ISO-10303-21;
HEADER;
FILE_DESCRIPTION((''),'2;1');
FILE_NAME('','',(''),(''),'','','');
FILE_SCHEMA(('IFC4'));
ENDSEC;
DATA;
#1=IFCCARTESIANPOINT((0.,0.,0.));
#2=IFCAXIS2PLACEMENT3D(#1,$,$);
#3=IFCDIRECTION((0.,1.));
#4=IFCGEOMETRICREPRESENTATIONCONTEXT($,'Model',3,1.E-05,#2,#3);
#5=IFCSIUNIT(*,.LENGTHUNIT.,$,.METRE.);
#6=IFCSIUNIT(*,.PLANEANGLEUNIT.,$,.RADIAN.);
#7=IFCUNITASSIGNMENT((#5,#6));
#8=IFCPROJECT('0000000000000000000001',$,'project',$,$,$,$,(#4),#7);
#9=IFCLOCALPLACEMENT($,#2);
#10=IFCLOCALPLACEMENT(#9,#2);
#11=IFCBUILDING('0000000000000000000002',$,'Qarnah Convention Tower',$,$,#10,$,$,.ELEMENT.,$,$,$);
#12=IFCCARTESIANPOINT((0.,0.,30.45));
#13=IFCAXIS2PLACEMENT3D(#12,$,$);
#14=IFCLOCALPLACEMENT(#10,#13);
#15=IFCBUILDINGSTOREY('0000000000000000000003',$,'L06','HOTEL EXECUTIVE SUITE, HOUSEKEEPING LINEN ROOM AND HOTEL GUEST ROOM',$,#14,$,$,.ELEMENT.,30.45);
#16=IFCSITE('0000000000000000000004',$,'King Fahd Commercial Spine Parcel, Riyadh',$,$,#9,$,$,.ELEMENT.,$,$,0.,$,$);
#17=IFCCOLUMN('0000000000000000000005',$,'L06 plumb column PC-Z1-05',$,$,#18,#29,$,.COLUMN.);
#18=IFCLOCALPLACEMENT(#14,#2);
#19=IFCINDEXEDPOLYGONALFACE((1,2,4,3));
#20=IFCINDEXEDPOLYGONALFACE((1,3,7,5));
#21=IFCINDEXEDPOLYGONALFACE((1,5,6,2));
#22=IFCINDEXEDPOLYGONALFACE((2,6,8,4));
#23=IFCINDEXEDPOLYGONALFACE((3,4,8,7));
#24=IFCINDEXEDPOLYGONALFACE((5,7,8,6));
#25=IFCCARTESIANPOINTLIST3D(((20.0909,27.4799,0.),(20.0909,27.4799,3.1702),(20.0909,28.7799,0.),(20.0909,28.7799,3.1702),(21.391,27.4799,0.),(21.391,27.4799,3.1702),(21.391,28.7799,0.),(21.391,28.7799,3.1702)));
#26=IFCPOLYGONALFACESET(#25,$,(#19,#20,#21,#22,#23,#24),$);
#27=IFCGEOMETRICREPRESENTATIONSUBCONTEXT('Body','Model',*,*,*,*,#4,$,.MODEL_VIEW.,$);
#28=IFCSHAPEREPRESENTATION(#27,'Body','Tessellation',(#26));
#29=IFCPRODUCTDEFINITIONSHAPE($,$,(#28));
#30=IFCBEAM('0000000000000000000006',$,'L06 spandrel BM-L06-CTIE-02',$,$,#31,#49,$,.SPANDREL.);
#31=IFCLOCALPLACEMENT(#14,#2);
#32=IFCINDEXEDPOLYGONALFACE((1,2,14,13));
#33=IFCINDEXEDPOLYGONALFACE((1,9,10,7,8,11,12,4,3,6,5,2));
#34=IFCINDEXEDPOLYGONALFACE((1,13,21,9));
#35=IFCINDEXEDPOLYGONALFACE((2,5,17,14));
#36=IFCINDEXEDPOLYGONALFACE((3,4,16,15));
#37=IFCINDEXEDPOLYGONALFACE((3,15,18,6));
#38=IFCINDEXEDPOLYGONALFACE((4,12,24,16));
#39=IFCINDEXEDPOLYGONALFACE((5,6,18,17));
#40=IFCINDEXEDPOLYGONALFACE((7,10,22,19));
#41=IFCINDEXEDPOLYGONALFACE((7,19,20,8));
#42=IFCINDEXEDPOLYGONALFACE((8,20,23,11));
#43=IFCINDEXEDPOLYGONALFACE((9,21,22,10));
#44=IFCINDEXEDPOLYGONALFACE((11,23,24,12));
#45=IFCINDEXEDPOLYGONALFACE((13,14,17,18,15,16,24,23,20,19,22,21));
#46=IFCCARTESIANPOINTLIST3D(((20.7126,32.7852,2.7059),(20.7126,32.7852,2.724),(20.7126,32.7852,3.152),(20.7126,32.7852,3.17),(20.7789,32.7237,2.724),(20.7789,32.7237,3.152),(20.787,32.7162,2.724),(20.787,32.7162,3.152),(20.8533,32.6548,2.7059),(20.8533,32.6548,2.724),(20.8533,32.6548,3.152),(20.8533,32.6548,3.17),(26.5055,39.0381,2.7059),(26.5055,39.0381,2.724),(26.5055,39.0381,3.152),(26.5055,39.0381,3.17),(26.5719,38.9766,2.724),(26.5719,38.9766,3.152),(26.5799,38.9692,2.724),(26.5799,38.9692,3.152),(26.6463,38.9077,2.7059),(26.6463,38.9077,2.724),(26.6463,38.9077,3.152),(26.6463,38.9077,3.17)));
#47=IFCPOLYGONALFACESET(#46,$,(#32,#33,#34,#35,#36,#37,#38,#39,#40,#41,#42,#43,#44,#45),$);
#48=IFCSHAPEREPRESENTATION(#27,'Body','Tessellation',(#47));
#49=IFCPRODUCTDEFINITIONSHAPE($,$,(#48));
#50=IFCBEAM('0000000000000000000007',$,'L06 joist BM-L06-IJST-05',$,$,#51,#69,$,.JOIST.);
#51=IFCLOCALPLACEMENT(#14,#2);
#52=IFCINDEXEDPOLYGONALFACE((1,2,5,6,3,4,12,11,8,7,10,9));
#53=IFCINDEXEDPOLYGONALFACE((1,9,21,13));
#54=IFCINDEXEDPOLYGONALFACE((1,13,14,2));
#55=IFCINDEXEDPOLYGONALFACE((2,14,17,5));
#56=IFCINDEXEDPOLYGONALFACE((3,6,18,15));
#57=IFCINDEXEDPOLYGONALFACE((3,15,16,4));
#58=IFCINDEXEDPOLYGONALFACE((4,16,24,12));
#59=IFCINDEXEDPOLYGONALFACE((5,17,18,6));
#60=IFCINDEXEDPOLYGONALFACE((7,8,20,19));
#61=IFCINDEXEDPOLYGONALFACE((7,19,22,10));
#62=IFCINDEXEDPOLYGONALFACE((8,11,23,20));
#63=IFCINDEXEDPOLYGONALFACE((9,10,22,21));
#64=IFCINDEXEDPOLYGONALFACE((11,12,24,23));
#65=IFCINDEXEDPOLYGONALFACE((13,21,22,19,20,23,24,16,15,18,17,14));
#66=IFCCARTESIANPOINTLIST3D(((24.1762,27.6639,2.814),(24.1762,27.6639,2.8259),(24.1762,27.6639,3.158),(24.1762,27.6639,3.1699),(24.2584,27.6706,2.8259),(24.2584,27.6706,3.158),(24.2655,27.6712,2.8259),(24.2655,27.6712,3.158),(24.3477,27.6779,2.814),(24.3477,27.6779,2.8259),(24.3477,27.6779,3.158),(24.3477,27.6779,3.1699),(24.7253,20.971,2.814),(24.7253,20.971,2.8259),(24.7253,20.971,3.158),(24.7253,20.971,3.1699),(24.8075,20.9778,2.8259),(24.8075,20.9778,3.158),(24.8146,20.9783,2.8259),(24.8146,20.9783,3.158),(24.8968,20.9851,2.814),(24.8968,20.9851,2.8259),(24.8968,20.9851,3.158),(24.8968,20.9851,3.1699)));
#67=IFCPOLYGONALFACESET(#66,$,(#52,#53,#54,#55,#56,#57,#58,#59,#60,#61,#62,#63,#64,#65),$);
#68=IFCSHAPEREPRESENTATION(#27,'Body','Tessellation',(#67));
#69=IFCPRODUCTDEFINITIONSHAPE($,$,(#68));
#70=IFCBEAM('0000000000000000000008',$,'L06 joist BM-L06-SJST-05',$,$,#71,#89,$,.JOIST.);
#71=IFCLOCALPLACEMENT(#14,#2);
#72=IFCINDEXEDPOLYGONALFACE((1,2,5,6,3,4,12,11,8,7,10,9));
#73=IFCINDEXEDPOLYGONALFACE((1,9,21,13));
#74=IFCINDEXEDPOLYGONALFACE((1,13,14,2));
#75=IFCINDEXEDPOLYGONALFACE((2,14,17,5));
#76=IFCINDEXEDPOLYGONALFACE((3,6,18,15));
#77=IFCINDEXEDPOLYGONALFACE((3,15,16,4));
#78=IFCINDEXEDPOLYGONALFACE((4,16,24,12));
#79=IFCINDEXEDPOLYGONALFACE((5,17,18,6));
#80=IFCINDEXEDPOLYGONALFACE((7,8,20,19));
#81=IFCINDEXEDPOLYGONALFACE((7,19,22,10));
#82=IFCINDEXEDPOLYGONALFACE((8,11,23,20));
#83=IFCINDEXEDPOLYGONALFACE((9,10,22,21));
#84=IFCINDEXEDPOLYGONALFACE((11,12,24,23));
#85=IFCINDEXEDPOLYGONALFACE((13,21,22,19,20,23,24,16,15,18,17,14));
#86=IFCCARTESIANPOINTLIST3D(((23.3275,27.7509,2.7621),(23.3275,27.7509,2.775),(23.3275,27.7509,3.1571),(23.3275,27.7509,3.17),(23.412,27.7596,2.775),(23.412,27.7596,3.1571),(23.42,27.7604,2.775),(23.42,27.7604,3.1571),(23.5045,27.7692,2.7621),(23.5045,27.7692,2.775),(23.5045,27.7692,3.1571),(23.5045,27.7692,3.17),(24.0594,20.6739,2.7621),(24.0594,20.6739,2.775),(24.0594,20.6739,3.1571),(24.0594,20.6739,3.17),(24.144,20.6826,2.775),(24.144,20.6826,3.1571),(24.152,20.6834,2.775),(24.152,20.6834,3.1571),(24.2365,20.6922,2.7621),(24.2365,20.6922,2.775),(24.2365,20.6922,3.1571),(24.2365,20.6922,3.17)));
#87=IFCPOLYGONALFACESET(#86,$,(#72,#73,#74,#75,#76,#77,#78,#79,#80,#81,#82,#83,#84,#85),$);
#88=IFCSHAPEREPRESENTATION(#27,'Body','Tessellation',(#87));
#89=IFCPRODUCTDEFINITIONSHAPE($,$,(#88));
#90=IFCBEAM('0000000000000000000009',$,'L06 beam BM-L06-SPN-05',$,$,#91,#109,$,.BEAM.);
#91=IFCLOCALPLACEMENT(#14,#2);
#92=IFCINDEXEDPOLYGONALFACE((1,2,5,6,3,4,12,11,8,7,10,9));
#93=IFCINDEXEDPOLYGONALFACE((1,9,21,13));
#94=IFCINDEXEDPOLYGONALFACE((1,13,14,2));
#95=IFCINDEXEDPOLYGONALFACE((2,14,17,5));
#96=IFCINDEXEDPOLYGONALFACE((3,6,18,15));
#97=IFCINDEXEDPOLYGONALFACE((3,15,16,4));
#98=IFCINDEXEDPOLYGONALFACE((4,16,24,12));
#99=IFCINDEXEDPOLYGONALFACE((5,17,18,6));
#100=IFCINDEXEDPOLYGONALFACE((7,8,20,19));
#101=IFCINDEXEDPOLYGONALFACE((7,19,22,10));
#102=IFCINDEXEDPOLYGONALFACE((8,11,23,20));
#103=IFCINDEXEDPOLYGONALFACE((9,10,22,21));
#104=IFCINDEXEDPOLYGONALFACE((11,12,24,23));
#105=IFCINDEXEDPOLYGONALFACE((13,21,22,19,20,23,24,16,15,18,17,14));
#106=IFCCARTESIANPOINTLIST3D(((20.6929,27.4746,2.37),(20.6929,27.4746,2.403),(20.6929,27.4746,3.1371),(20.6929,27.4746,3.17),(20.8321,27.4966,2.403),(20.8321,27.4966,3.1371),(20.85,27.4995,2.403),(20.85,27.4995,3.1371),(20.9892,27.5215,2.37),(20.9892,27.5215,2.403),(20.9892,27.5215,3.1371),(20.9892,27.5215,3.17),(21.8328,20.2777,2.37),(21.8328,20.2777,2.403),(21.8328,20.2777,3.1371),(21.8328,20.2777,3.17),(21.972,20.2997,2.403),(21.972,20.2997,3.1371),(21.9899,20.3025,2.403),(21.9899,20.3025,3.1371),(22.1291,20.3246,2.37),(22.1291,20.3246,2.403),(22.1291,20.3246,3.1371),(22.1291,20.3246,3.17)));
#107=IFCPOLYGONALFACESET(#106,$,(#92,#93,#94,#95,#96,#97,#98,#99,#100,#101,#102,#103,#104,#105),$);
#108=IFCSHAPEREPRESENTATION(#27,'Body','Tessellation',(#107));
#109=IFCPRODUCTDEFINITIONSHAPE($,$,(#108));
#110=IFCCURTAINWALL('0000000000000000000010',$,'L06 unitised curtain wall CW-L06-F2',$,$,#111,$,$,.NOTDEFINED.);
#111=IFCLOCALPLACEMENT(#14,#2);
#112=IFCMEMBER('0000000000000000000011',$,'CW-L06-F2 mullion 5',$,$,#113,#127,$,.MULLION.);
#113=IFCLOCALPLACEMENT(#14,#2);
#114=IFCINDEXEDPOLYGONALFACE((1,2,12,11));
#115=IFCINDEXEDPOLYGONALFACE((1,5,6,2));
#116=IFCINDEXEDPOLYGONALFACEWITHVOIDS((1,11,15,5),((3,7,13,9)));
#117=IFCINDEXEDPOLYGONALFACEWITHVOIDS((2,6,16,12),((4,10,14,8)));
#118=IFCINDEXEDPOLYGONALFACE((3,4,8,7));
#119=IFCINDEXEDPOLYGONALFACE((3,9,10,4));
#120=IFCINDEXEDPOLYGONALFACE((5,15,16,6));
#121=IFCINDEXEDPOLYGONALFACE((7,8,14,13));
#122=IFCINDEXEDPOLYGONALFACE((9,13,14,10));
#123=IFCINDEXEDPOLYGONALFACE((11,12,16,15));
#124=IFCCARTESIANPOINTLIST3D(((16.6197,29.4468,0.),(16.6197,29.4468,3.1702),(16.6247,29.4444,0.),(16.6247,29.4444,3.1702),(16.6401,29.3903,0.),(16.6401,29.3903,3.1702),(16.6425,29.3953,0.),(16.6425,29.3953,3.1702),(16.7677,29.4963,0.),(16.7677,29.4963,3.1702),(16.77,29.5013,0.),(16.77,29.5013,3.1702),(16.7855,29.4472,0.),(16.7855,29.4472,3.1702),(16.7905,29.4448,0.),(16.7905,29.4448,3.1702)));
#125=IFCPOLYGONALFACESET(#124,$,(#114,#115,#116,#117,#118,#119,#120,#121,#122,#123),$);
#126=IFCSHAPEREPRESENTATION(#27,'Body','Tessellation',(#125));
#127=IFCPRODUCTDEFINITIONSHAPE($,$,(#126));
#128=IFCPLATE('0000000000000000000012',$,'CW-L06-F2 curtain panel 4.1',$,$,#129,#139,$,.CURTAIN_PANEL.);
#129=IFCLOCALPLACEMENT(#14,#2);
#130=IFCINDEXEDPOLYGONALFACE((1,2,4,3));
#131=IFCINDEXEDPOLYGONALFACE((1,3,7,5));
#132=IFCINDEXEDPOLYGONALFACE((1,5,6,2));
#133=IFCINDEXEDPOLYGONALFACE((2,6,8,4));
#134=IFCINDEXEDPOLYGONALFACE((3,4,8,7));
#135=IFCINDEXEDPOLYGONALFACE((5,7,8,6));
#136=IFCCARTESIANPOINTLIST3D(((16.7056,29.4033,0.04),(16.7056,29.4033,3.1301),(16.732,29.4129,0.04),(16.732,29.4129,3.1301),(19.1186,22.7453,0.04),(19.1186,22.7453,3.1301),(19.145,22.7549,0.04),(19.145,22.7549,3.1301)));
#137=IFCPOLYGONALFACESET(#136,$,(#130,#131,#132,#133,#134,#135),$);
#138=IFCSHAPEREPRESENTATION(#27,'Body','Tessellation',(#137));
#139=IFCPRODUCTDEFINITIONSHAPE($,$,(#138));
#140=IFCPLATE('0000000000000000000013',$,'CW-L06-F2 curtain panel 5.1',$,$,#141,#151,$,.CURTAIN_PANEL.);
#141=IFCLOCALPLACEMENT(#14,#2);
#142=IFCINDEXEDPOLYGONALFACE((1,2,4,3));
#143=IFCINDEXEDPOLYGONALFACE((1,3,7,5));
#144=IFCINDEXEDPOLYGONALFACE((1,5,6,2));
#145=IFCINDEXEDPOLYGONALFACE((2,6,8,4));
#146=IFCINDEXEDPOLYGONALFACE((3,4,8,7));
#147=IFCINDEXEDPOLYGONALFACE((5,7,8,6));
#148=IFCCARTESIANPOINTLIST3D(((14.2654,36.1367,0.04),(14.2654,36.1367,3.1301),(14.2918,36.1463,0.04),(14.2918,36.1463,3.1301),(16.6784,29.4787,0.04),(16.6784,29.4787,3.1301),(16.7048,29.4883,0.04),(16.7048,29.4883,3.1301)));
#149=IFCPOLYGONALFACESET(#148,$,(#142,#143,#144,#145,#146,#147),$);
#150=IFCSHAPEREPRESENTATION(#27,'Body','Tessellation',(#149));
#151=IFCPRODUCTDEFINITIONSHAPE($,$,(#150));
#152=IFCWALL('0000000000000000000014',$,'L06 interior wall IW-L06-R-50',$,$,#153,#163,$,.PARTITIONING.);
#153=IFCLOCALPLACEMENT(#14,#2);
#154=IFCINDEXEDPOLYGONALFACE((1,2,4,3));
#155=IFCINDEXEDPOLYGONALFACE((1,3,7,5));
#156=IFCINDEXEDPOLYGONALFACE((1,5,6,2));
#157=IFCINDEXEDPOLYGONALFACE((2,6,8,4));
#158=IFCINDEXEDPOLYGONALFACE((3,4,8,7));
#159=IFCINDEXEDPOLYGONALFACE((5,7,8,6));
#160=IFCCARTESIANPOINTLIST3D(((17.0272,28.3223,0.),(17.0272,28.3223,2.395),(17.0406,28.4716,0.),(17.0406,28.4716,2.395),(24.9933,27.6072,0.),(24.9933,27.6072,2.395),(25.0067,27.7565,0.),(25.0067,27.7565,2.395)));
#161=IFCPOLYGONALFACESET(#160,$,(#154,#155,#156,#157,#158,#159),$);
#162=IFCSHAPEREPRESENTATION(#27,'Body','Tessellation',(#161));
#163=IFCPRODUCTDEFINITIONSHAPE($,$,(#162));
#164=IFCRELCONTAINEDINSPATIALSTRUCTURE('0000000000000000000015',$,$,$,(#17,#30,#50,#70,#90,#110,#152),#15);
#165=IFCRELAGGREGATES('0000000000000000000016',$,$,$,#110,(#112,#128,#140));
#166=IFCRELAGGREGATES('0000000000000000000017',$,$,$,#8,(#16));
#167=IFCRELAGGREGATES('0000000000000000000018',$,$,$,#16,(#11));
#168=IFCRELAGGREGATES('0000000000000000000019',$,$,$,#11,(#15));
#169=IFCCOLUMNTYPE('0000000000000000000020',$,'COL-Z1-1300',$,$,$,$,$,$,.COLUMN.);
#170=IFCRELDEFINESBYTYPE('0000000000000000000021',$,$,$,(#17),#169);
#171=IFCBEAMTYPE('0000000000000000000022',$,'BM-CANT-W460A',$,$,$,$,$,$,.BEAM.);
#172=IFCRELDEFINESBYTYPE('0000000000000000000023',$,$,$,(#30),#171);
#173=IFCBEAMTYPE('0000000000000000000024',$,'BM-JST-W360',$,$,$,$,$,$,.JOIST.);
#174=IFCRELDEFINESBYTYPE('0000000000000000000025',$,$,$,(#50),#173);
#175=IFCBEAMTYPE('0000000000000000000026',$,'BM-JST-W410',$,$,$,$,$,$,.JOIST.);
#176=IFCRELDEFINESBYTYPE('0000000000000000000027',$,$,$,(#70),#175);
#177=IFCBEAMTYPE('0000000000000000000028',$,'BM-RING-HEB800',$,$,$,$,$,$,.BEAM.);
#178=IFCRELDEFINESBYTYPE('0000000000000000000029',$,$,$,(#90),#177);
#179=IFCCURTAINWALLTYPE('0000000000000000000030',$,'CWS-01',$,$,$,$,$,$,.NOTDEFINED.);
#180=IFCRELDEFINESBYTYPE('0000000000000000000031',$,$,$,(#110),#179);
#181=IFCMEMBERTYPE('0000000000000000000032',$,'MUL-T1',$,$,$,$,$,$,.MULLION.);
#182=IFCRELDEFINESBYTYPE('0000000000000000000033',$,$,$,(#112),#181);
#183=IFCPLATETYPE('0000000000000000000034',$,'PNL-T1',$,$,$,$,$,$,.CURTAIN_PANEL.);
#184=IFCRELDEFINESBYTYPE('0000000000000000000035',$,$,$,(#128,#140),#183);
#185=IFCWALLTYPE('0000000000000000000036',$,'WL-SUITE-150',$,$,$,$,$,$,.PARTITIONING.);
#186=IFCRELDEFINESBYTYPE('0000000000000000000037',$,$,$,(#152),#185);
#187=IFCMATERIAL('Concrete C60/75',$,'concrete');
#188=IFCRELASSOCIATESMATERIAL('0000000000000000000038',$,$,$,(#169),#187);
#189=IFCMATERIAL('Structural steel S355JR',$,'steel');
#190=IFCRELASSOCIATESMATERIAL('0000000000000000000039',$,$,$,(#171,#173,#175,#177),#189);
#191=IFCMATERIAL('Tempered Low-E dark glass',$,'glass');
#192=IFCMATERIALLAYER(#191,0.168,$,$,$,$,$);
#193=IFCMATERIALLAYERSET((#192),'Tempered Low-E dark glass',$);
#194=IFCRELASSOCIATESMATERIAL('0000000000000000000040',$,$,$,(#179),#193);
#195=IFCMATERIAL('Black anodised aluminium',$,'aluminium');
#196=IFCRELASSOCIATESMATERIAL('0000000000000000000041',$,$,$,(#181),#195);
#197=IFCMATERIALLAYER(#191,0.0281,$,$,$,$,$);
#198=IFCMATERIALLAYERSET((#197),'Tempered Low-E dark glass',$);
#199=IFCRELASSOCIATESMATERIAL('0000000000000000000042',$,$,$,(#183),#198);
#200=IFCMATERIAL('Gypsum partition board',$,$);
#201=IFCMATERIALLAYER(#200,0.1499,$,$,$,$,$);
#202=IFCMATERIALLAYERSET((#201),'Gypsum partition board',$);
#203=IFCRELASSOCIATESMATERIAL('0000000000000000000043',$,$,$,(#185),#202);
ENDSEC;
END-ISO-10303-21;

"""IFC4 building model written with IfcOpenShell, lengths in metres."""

from ifc_helpers import new_model, si_unit, direction, frame, frame_2d, origin, origin_2d, place, context, subcontext, project, spatial, rectangle, hollow_rectangle, i_section, extrude, material, layer, layer_set, material_profile, profile_set, type_object, element, aggregate, save


model = new_model("IFC4")

# Units and contexts
model_context = context("Model", 3, precision=1e-05, world=origin(), true_north=direction((0.0, 1.0)))
body_context = subcontext(model_context, "Body", "Model", "MODEL_VIEW")
ifc_project = project(units=[si_unit("LENGTHUNIT", "METRE"), si_unit("PLANEANGLEUNIT", "RADIAN")], contexts=[model_context])

# Site, building, storey
site_placement = place(None, origin())
site = spatial("IfcSite", under=ifc_project, at=site_placement, Name="King Fahd Commercial Spine Parcel, Riyadh", CompositionType="ELEMENT", RefElevation=0.0)
building_placement = place(site_placement, origin())
building = spatial("IfcBuilding", under=site, at=building_placement, Name="Qarnah Convention Tower", CompositionType="ELEMENT")
storey_placement = place(building_placement, frame((0.0, 0.0, 30.45)))
storey = spatial("IfcBuildingStorey", under=building, at=storey_placement, Name="L06", Description="HOTEL EXECUTIVE SUITE, HOUSEKEEPING LINEN ROOM AND HOTEL GUEST ROOM", CompositionType="ELEMENT", Elevation=30.45)

# Column
ifc_material_1 = material(Name="Concrete C60/75", Category="concrete")
ifc_material_profile_1 = material_profile(ifc_material_1, rectangle(XDim=1.3, YDim=1.3, at=origin_2d()), Name="RC-COL-1300X1300")
ifc_profile_set_1 = profile_set([ifc_material_profile_1], Name="Concrete C60/75")
column_type = type_object("IfcColumnType", Name="COL-Z1-1300", PredefinedType="COLUMN", material=ifc_profile_set_1)
column_placement = place(storey_placement, frame((20.741, 28.1299, 0.0), z_axis=(0.0, 0.0, 1.0), x_axis=(1.0, 0.0, 0.0)))
element("IfcColumn", 1, at=column_placement, inside=storey, type_object=column_type, Name="L06 plumb column PC-Z1-05", PredefinedType="COLUMN", context=body_context, shape_type="SweptSolid", body=[
    extrude(rectangle(XDim=1.3, YDim=1.3, at=origin_2d()), origin(), (0.0, 0.0, 1.0), 3.1702),
])

# Beams
ifc_material_2 = material(Name="Structural steel S355JR", Category="steel")
ifc_material_profile_2 = material_profile(ifc_material_2, i_section(OverallWidth=0.1919, OverallDepth=0.4641, WebThickness=0.011, FlangeThickness=0.0181, at=origin_2d()), Name="W460X89")
ifc_profile_set_2 = profile_set([ifc_material_profile_2], Name="Structural steel S355JR")
beam_type_1 = type_object("IfcBeamType", Name="BM-CANT-W460A", PredefinedType="BEAM", material=ifc_profile_set_2)
beam_1_placement = place(storey_placement, frame((20.783, 32.72, 2.938), z_axis=(0.679611, 0.733572, 0.0), x_axis=(-0.733572, 0.679611, 0.0)))
element("IfcBeam", 2, at=beam_1_placement, inside=storey, type_object=beam_type_1, Name="L06 spandrel BM-L06-CTIE-02", PredefinedType="SPANDREL", context=body_context, shape_type="SweptSolid", body=[
    extrude(i_section(OverallWidth=0.1919, OverallDepth=0.4641, WebThickness=0.011, FlangeThickness=0.0181, at=origin_2d()), origin(), (0.0, 0.0, 1.0), 8.5239),
])
ifc_material_profile_3 = material_profile(ifc_material_2, i_section(OverallWidth=0.1721, OverallDepth=0.356, WebThickness=0.0071, FlangeThickness=0.012, at=origin_2d()), Name="W360X51")
ifc_profile_set_3 = profile_set([ifc_material_profile_3], Name="Structural steel S355JR")
beam_type_2 = type_object("IfcBeamType", Name="BM-JST-W360", PredefinedType="JOIST", material=ifc_profile_set_3)
beam_2_placement = place(storey_placement, frame((24.262, 27.6709, 2.9919), z_axis=(0.081764, -0.996652, 0.0), x_axis=(0.996652, 0.081764, 0.0)))
element("IfcBeam", 3, at=beam_2_placement, inside=storey, type_object=beam_type_2, Name="L06 joist BM-L06-IJST-05", PredefinedType="JOIST", context=body_context, shape_type="SweptSolid", body=[
    extrude(i_section(OverallWidth=0.1721, OverallDepth=0.356, WebThickness=0.0071, FlangeThickness=0.012, at=origin_2d()), origin(), (0.0, 0.0, 1.0), 6.7153),
])
ifc_material_profile_4 = material_profile(ifc_material_2, i_section(OverallWidth=0.178, OverallDepth=0.408, WebThickness=0.0081, FlangeThickness=0.0129, at=origin_2d()), Name="W410X60")
ifc_profile_set_4 = profile_set([ifc_material_profile_4], Name="Structural steel S355JR")
beam_type_3 = type_object("IfcBeamType", Name="BM-JST-W410", PredefinedType="JOIST", material=ifc_profile_set_4)
beam_3_placement = place(storey_placement, frame((23.416, 27.76, 2.9661), z_axis=(0.102877, -0.994694, 0.0), x_axis=(0.994694, 0.102877, 0.0)))
element("IfcBeam", 4, at=beam_3_placement, inside=storey, type_object=beam_type_3, Name="L06 joist BM-L06-SJST-05", PredefinedType="JOIST", context=body_context, shape_type="SweptSolid", body=[
    extrude(i_section(OverallWidth=0.178, OverallDepth=0.408, WebThickness=0.0081, FlangeThickness=0.0129, at=origin_2d()), origin(), (0.0, 0.0, 1.0), 7.1147),
])
ifc_material_profile_5 = material_profile(ifc_material_2, i_section(OverallWidth=0.3, OverallDepth=0.8, WebThickness=0.0181, FlangeThickness=0.033, at=origin_2d()), Name="HEB800")
ifc_profile_set_5 = profile_set([ifc_material_profile_5], Name="Structural steel S355JR")
beam_type_4 = type_object("IfcBeamType", Name="BM-RING-HEB800", PredefinedType="BEAM", material=ifc_profile_set_5)
beam_4_placement = place(storey_placement, frame((20.8411, 27.498, 2.77), z_axis=(0.156434, -0.987688, 0.0), x_axis=(0.987688, 0.156434, 0.0)))
element("IfcBeam", 5, at=beam_4_placement, inside=storey, type_object=beam_type_4, Name="L06 beam BM-L06-SPN-05", PredefinedType="BEAM", context=body_context, shape_type="SweptSolid", body=[
    extrude(i_section(OverallWidth=0.3, OverallDepth=0.8, WebThickness=0.0181, FlangeThickness=0.033, at=origin_2d()), origin(), (0.0, 0.0, 1.0), 7.2866),
])

# Curtain wall, member, plates
ifc_material_3 = material(Name="Tempered Low-E dark glass", Category="glass")
ifc_layer_1 = layer(ifc_material_3, 0.168)
ifc_layer_set_1 = layer_set([ifc_layer_1], Name="Tempered Low-E dark glass")
curtain_wall_type = type_object("IfcCurtainWallType", Name="CWS-01", PredefinedType="NOTDEFINED", material=ifc_layer_set_1)
curtain_wall_placement = place(storey_placement, origin())
curtain_wall = element("IfcCurtainWall", 6, at=curtain_wall_placement, inside=storey, type_object=curtain_wall_type, Name="L06 unitised curtain wall CW-L06-F2", PredefinedType="NOTDEFINED")
ifc_material_4 = material(Name="Black anodised aluminium", Category="aluminium")
ifc_material_profile_6 = material_profile(ifc_material_4, hollow_rectangle(XDim=0.0601, YDim=0.1599, WallThickness=0.0039, at=origin_2d()), Name="MUL-60X160")
ifc_profile_set_6 = profile_set([ifc_material_profile_6], Name="Black anodised aluminium")
member_type = type_object("IfcMemberType", Name="MUL-T1", PredefinedType="MULLION", material=ifc_profile_set_6)
member_placement = place(storey_placement, frame((16.7051, 29.4458, 0.0), z_axis=(0.0, 0.0, 1.0), x_axis=(-0.340727, 0.940162, 0.0)))
member = element("IfcMember", 7, at=member_placement, type_object=member_type, Name="CW-L06-F2 mullion 5", PredefinedType="MULLION", context=body_context, shape_type="SweptSolid", body=[
    extrude(hollow_rectangle(XDim=0.0601, YDim=0.1599, WallThickness=0.0039, at=origin_2d()), origin(), (0.0, 0.0, 1.0), 3.1702),
])
ifc_layer_2 = layer(ifc_material_3, 0.0281)
ifc_layer_set_2 = layer_set([ifc_layer_2], Name="Tempered Low-E dark glass")
plate_type = type_object("IfcPlateType", Name="PNL-T1", PredefinedType="CURTAIN_PANEL", material=ifc_layer_set_2)
plate_1_placement = place(storey_placement, frame((17.9253, 26.0791, 0.04), z_axis=(0.0, 0.0, 1.0), x_axis=(-0.340727, 0.940162, 0.0)))
plate_1 = element("IfcPlate", 8, at=plate_1_placement, type_object=plate_type, Name="CW-L06-F2 curtain panel 4.1", PredefinedType="CURTAIN_PANEL", context=body_context, shape_type="SweptSolid", body=[
    extrude(rectangle(XDim=7.0818, YDim=0.0281, at=origin_2d()), origin(), (0.0, 0.0, 1.0), 3.0901),
])
plate_2_placement = place(storey_placement, frame((15.4851, 32.8125, 0.04), z_axis=(0.0, 0.0, 1.0), x_axis=(-0.340727, 0.940162, 0.0)))
plate_2 = element("IfcPlate", 9, at=plate_2_placement, type_object=plate_type, Name="CW-L06-F2 curtain panel 5.1", PredefinedType="CURTAIN_PANEL", context=body_context, shape_type="SweptSolid", body=[
    extrude(rectangle(XDim=7.0818, YDim=0.0281, at=origin_2d()), origin(), (0.0, 0.0, 1.0), 3.0901),
])
aggregate(curtain_wall, [member, plate_1, plate_2])

# Shared definitions
ifc_material_5 = material(Name="Gypsum partition board")
ifc_layer_3 = layer(ifc_material_5, 0.1499)
ifc_layer_set_3 = layer_set([ifc_layer_3], Name="Gypsum partition board")
wall_type_1 = type_object("IfcWallType", Name="WL-SUITE-150", PredefinedType="PARTITIONING", material=ifc_layer_set_3)

# Wall
wall_1_placement = place(storey_placement, frame((17.0339, 28.397, 0.0), z_axis=(0.0, 0.0, 1.0), x_axis=(0.995995, -0.089407, 0.0)))
element("IfcWall", 10, at=wall_1_placement, inside=storey, type_object=wall_type_1, Name="L06 interior wall IW-L06-R-50", PredefinedType="PARTITIONING", context=body_context, shape_type="SweptSolid", body=[
    extrude(rectangle(XDim=7.998, YDim=0.1499, at=frame_2d((3.999, 0.0))), origin(), (0.0, 0.0, 1.0), 2.395),
])

save(model, "model.ifc")
